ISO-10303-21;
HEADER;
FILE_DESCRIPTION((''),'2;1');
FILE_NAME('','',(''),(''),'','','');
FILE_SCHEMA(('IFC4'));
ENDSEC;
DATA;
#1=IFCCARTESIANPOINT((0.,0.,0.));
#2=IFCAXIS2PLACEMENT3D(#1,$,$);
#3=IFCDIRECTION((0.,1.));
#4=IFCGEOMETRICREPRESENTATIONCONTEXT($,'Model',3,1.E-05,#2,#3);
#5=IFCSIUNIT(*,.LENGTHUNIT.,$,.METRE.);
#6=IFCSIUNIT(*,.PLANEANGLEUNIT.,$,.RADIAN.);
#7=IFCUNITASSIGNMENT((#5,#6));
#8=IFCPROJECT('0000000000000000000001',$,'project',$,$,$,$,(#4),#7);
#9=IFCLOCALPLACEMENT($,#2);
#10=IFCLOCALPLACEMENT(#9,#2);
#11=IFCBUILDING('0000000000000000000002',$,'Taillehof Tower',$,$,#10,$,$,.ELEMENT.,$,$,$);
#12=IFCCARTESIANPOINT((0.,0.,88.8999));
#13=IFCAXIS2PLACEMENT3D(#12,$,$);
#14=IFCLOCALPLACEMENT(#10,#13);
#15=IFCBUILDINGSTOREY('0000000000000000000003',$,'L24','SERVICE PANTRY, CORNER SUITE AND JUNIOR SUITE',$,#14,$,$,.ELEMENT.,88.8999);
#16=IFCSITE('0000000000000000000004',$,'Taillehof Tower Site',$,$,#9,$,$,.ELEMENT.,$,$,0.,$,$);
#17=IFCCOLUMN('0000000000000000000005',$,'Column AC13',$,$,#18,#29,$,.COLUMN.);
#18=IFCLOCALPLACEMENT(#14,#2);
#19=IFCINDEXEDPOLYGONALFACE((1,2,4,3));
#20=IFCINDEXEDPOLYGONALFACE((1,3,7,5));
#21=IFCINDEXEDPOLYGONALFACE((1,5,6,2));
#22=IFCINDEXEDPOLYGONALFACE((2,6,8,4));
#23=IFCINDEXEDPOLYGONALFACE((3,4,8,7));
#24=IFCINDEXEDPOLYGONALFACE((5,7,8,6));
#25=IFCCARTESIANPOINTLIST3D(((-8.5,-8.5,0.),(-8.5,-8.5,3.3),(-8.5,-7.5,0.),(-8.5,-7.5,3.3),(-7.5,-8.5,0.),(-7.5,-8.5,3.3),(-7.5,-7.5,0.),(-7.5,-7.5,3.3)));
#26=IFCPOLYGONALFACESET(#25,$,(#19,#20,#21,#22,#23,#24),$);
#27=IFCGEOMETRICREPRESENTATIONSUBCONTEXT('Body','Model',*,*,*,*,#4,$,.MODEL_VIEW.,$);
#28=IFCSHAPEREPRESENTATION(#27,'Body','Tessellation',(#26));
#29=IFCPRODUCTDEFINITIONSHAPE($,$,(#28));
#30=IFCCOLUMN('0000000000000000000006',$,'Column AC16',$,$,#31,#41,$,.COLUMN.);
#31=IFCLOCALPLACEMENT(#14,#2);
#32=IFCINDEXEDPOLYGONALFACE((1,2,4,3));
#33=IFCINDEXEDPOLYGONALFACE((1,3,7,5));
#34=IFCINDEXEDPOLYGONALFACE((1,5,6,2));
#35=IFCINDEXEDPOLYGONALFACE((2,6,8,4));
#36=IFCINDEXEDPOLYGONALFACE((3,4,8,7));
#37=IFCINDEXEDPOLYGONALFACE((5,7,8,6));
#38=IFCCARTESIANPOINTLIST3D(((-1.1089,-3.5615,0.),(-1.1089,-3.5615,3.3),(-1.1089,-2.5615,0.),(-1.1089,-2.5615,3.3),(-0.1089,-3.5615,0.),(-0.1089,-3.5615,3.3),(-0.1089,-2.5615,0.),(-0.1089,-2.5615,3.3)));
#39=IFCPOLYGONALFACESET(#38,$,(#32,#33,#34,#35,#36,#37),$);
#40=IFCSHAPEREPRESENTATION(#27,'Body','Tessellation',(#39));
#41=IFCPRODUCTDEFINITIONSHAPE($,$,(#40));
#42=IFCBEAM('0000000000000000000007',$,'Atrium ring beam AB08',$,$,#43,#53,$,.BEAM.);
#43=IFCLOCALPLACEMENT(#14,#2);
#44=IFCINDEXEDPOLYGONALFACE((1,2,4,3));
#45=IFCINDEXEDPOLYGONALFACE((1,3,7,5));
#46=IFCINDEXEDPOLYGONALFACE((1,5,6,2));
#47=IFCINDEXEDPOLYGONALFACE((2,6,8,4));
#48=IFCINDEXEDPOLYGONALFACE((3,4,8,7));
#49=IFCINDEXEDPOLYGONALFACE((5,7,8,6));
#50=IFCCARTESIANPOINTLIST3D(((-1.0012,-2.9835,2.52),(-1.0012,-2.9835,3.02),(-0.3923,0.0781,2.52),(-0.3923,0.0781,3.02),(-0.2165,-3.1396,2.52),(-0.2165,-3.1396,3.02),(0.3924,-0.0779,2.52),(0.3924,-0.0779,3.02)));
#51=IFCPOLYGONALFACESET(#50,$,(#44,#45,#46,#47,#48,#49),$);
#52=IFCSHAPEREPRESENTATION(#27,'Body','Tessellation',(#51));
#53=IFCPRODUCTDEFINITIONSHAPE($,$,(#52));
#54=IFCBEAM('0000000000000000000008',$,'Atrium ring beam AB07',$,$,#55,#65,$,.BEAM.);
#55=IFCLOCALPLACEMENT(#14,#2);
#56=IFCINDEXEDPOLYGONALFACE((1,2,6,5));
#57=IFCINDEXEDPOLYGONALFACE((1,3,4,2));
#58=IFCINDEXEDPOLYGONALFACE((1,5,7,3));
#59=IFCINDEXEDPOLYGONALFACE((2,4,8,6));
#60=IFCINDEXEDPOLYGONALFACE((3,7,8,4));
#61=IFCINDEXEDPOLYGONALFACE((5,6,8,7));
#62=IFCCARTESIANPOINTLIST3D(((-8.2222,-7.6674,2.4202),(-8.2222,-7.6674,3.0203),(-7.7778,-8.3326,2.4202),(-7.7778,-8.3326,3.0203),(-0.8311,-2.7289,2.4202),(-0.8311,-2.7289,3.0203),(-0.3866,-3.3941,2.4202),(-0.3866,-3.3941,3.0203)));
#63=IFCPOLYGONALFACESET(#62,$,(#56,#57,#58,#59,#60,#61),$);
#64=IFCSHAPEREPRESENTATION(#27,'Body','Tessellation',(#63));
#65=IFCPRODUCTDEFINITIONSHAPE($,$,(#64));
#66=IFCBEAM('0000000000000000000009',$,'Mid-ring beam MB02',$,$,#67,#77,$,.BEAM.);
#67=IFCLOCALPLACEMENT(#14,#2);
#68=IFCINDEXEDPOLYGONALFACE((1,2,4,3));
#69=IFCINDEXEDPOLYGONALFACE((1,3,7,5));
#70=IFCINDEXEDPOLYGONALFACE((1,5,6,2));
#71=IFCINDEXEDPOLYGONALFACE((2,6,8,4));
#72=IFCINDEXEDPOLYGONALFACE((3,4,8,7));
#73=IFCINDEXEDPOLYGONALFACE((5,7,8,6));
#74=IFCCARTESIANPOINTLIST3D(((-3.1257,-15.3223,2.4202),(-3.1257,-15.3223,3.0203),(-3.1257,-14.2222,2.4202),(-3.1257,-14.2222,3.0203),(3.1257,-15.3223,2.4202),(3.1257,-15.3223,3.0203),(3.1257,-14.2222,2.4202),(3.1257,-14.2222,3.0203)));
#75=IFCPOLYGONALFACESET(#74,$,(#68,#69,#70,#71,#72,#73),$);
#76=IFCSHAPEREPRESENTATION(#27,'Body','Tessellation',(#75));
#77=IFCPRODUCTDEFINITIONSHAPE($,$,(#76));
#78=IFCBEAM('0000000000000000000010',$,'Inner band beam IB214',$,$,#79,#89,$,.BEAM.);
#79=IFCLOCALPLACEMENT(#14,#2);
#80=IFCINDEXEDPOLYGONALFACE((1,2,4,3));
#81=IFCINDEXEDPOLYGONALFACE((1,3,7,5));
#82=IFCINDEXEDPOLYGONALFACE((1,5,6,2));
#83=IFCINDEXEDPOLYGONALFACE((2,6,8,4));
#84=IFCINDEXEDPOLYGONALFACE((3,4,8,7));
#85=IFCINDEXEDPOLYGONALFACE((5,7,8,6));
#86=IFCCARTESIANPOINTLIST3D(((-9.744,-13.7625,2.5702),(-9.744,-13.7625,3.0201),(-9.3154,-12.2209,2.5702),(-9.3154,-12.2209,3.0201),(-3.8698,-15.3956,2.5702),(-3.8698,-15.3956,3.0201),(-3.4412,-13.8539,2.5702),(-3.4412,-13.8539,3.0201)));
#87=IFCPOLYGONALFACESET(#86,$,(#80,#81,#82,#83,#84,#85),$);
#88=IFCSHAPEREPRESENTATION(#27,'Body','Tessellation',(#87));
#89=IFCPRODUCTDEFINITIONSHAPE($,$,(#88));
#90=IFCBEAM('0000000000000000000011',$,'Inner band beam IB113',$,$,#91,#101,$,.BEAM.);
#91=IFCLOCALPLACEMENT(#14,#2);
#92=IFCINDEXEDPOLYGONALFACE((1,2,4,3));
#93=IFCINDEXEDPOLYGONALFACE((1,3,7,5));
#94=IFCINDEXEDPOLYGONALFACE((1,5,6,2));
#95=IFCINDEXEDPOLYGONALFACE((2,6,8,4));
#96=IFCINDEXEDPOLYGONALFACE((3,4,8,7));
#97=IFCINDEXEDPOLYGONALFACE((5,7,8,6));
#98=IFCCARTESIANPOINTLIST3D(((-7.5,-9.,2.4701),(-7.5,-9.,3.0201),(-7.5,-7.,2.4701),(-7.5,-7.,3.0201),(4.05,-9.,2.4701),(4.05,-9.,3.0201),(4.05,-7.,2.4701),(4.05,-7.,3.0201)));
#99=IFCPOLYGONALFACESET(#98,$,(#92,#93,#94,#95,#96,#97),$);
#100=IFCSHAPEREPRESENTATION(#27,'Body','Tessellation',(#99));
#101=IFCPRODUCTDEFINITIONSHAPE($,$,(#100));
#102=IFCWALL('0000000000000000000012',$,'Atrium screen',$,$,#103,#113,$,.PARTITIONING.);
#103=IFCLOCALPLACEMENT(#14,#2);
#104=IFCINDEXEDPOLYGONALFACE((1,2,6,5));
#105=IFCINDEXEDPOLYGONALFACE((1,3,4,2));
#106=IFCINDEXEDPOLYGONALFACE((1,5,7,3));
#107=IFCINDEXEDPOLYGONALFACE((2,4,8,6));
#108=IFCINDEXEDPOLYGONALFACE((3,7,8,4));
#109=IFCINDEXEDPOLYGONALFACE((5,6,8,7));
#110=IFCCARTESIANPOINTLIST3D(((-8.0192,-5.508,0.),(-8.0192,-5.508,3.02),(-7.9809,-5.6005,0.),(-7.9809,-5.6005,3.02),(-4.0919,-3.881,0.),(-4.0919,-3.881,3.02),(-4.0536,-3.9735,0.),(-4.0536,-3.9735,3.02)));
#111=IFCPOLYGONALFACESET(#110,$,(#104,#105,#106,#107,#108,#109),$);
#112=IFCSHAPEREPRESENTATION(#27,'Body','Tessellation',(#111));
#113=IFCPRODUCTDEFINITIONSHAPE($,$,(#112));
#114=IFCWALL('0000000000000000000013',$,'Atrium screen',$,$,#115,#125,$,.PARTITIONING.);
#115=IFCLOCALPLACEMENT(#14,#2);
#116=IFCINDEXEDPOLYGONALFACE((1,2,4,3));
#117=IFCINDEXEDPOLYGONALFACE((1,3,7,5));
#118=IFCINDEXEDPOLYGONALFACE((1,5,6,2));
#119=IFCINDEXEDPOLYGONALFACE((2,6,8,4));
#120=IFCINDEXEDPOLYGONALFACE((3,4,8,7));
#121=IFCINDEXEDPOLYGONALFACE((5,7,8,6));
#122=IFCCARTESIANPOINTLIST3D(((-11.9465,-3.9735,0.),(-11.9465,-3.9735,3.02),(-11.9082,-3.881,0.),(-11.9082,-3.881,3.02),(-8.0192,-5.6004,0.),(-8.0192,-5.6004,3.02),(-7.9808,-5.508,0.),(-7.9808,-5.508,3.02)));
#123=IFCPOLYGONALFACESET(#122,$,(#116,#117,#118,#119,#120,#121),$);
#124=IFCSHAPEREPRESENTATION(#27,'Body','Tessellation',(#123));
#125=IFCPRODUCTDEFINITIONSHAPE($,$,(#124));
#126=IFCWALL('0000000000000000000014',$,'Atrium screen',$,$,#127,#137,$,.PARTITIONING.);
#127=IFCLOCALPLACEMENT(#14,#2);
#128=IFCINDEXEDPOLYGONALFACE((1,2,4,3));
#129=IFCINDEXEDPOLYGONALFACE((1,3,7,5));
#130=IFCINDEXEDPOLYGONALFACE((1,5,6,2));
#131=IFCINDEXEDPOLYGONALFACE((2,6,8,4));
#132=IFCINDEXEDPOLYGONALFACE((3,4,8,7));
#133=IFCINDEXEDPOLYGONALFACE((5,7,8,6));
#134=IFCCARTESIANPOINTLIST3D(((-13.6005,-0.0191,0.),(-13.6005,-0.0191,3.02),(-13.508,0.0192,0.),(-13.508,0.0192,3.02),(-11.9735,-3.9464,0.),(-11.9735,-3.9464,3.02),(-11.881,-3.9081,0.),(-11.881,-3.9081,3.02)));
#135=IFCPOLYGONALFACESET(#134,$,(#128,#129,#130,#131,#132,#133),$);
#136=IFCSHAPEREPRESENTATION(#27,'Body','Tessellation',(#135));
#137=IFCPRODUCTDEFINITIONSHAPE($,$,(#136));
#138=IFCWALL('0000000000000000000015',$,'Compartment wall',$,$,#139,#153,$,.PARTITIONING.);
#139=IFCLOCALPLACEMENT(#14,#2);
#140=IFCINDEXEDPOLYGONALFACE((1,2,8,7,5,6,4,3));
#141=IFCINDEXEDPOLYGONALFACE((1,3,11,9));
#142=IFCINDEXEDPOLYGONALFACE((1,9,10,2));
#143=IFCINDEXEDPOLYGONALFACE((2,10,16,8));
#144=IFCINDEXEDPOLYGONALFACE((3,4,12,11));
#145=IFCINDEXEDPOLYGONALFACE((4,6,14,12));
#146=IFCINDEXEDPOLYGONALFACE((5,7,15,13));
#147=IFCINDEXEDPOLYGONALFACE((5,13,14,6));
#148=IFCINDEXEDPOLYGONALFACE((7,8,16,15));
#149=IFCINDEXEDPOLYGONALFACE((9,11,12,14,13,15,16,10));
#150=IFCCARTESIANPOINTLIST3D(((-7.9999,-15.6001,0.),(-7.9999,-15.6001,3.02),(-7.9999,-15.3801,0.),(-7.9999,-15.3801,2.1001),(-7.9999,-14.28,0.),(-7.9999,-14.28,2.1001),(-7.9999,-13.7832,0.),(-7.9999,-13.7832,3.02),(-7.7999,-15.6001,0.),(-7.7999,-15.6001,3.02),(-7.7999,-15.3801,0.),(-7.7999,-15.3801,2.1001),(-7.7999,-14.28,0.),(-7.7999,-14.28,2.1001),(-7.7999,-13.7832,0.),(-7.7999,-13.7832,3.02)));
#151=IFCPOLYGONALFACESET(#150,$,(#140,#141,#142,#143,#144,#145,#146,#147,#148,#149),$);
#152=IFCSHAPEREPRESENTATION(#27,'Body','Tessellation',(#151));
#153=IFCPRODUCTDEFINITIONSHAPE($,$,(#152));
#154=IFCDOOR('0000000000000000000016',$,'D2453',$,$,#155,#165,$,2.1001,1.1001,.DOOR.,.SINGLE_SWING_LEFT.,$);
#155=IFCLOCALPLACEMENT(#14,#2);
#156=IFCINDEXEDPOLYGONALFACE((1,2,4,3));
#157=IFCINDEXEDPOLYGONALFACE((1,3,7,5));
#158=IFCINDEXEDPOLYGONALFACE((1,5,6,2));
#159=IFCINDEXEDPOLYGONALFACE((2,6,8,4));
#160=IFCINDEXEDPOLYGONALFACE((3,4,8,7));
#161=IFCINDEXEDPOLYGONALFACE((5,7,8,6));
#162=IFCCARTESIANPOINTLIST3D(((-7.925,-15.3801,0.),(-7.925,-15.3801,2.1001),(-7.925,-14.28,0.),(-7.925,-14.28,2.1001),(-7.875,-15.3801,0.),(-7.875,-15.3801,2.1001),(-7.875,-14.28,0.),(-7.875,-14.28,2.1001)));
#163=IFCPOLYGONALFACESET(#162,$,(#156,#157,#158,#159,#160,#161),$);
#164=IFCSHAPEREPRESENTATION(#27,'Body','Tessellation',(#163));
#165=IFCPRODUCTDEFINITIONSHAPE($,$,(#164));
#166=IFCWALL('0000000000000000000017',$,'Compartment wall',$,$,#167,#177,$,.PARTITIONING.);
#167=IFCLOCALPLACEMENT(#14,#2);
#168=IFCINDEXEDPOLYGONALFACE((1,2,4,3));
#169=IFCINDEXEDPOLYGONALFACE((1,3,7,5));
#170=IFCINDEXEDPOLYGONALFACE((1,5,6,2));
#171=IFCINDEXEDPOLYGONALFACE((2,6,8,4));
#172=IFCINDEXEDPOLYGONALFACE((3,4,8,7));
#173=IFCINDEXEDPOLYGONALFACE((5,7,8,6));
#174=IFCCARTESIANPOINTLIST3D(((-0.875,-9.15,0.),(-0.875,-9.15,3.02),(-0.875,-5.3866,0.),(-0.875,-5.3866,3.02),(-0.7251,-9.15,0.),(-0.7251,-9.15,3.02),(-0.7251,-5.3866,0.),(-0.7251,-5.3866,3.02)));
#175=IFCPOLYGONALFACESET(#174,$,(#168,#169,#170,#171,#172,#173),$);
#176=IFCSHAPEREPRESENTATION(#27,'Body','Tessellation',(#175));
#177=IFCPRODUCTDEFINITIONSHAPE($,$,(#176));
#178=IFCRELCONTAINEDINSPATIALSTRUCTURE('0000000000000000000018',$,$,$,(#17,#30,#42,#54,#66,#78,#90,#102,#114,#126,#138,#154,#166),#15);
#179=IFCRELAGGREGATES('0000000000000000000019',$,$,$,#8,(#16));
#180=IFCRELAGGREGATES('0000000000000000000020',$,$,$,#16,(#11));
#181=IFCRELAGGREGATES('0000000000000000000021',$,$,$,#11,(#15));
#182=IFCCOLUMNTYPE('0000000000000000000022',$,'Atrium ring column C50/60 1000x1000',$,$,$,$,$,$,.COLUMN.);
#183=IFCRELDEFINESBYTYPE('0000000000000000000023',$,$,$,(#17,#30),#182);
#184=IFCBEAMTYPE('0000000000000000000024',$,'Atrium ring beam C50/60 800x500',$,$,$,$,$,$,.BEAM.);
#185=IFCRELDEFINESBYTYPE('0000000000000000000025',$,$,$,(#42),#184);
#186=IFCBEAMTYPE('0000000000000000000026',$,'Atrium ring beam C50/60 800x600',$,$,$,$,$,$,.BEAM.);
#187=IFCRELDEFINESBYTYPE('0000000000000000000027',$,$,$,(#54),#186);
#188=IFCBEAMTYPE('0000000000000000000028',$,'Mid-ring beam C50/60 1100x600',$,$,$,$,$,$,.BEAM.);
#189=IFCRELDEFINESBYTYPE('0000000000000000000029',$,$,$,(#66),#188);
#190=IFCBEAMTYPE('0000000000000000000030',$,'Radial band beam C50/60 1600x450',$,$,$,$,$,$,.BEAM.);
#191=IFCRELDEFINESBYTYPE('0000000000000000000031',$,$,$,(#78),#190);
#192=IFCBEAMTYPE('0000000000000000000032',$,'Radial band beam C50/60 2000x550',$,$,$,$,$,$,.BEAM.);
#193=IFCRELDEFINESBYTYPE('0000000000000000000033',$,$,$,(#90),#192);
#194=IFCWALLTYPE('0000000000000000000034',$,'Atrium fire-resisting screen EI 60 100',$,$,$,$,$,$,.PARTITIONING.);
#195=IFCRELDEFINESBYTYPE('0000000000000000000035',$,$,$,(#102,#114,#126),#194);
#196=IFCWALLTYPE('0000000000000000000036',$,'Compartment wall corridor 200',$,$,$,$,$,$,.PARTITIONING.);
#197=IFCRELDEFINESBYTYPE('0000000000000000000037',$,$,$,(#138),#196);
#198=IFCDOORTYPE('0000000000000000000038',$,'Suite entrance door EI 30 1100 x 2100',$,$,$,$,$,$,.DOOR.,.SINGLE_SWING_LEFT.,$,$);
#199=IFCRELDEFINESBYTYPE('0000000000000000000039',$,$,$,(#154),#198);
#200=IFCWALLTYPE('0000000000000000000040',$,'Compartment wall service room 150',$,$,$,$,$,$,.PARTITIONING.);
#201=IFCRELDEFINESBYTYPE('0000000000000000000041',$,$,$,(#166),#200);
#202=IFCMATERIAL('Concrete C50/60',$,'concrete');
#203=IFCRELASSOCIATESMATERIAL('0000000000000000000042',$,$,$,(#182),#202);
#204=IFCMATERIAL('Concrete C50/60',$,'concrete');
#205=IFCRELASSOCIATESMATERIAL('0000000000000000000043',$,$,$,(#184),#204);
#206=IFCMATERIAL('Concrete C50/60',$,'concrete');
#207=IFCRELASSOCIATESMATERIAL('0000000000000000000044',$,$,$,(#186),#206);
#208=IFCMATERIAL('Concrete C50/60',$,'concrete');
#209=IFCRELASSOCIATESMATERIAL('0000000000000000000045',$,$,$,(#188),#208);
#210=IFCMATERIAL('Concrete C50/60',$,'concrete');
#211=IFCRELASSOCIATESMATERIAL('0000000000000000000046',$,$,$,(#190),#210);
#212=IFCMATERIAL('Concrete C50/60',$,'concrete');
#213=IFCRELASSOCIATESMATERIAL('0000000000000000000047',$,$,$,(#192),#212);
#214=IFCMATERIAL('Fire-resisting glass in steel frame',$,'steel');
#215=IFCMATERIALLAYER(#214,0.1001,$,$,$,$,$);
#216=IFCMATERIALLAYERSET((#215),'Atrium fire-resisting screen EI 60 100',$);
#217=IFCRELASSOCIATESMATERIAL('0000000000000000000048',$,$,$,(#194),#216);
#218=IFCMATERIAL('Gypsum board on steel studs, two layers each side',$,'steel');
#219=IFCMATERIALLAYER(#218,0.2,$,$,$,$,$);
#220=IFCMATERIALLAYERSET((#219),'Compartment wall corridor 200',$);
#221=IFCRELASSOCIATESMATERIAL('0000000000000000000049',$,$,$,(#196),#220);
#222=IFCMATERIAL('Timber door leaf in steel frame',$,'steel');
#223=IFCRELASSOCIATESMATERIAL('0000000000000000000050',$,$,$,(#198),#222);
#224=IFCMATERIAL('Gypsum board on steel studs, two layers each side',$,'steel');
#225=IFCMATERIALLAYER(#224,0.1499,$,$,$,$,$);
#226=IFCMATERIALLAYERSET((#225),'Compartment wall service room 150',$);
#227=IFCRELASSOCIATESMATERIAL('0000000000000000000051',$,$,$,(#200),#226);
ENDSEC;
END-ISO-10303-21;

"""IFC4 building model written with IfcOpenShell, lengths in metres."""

from ifc_helpers import new_model, si_unit, direction, frame, frame_2d, origin, origin_2d, place, context, subcontext, project, spatial, rectangle, extrude, material, layer, layer_set, material_profile, profile_set, type_object, element, fill, save


model = new_model("IFC4")

# Units and contexts
model_context = context("Model", 3, precision=1e-05, world=origin(), true_north=direction((0.0, 1.0)))
body_context = subcontext(model_context, "Body", "Model", "MODEL_VIEW")
ifc_project = project(units=[si_unit("LENGTHUNIT", "METRE"), si_unit("PLANEANGLEUNIT", "RADIAN")], contexts=[model_context])

# Site, building, storey
site_placement = place(None, origin())
site = spatial("IfcSite", under=ifc_project, at=site_placement, Name="Taillehof Tower Site", CompositionType="ELEMENT", RefElevation=0.0)
building_placement = place(site_placement, origin())
building = spatial("IfcBuilding", under=site, at=building_placement, Name="Taillehof Tower", CompositionType="ELEMENT")
storey_placement = place(building_placement, frame((0.0, 0.0, 88.8999)))
storey = spatial("IfcBuildingStorey", under=building, at=storey_placement, Name="L24", Description="SERVICE PANTRY, CORNER SUITE AND JUNIOR SUITE", CompositionType="ELEMENT", Elevation=88.8999)

# Columns
ifc_material_1 = material(Name="Concrete C50/60", Category="concrete")
ifc_material_profile_1 = material_profile(ifc_material_1, rectangle(XDim=1.0, YDim=1.0, at=origin_2d()), Name="RC 1000x1000")
ifc_profile_set_1 = profile_set([ifc_material_profile_1], Name="Concrete C50/60")
column_type = type_object("IfcColumnType", Name="Atrium ring column C50/60 1000x1000", PredefinedType="COLUMN", material=ifc_profile_set_1)
for number, where, z_axis, x_axis, name in (
    (1, (-8.0, -8.0, 0.0), (0.0, 0.0, 1.0), (1.0, 0.0, 0.0), "Column AC13"),
    (2, (-0.6089, -3.0615, 0.0), (0.0, 0.0, 1.0), (1.0, 0.0, 0.0), "Column AC16"),
):
    element("IfcColumn", number, at=place(storey_placement, frame(where, z_axis=z_axis, x_axis=x_axis)), inside=storey, type_object=column_type, Name=name, PredefinedType="COLUMN", context=body_context, shape_type="SweptSolid", body=[
        extrude(rectangle(XDim=1.0, YDim=1.0, at=origin_2d()), origin(), (0.0, 0.0, 1.0), 3.3),
    ])

# Beams
ifc_material_2 = material(Name="Concrete C50/60", Category="concrete")
ifc_material_profile_2 = material_profile(ifc_material_2, rectangle(XDim=0.8, YDim=0.5, at=origin_2d()), Name="RC 800x500")
ifc_profile_set_2 = profile_set([ifc_material_profile_2], Name="Concrete C50/60")
beam_type_1 = type_object("IfcBeamType", Name="Atrium ring beam C50/60 800x500", PredefinedType="BEAM", material=ifc_profile_set_2)
beam_1_placement = place(storey_placement, frame((-0.6089, -3.0615, 2.77), z_axis=(0.195063, 0.980791, 0.0), x_axis=(-0.980791, 0.195063, 0.0)))
element("IfcBeam", 3, at=beam_1_placement, inside=storey, type_object=beam_type_1, Name="Atrium ring beam AB08", PredefinedType="BEAM", context=body_context, shape_type="SweptSolid", body=[
    extrude(rectangle(XDim=0.8, YDim=0.5, at=origin_2d()), origin(), (0.0, 0.0, 1.0), 3.1216),
])
ifc_material_3 = material(Name="Concrete C50/60", Category="concrete")
ifc_material_profile_3 = material_profile(ifc_material_3, rectangle(XDim=0.8, YDim=0.6001, at=origin_2d()), Name="RC 800x600")
ifc_profile_set_3 = profile_set([ifc_material_profile_3], Name="Concrete C50/60")
beam_type_2 = type_object("IfcBeamType", Name="Atrium ring beam C50/60 800x600", PredefinedType="BEAM", material=ifc_profile_set_3)
beam_2_placement = place(storey_placement, frame((-8.0, -8.0, 2.7202), z_axis=(0.831475, 0.555562, 0.0), x_axis=(-0.555562, 0.831475, 0.0)))
element("IfcBeam", 4, at=beam_2_placement, inside=storey, type_object=beam_type_2, Name="Atrium ring beam AB07", PredefinedType="BEAM", context=body_context, shape_type="SweptSolid", body=[
    extrude(rectangle(XDim=0.8, YDim=0.6001, at=origin_2d()), origin(), (0.0, 0.0, 1.0), 8.8892),
])
ifc_material_4 = material(Name="Concrete C50/60", Category="concrete")
ifc_material_profile_4 = material_profile(ifc_material_4, rectangle(XDim=1.1001, YDim=0.6001, at=origin_2d()), Name="RC 1100x600")
ifc_profile_set_4 = profile_set([ifc_material_profile_4], Name="Concrete C50/60")
beam_type_3 = type_object("IfcBeamType", Name="Mid-ring beam C50/60 1100x600", PredefinedType="BEAM", material=ifc_profile_set_4)
beam_3_placement = place(storey_placement, frame((-3.1257, -14.7722, 2.7202), z_axis=(1.0, 0.0, 0.0), x_axis=(0.0, 1.0, 0.0)))
element("IfcBeam", 5, at=beam_3_placement, inside=storey, type_object=beam_type_3, Name="Mid-ring beam MB02", PredefinedType="BEAM", context=body_context, shape_type="SweptSolid", body=[
    extrude(rectangle(XDim=1.1001, YDim=0.6001, at=origin_2d()), origin(), (0.0, 0.0, 1.0), 6.2515),
])
ifc_material_5 = material(Name="Concrete C50/60", Category="concrete")
ifc_material_profile_5 = material_profile(ifc_material_5, rectangle(XDim=1.6001, YDim=0.45, at=origin_2d()), Name="RC 1600x450")
ifc_profile_set_5 = profile_set([ifc_material_profile_5], Name="Concrete C50/60")
beam_type_4 = type_object("IfcBeamType", Name="Radial band beam C50/60 1600x450", PredefinedType="BEAM", material=ifc_profile_set_5)
beam_4_placement = place(storey_placement, frame((-3.6555, -14.6248, 2.7952), z_axis=(-0.963459, 0.267855, 0.0), x_axis=(-0.267855, -0.963459, 0.0)))
element("IfcBeam", 6, at=beam_4_placement, inside=storey, type_object=beam_type_4, Name="Inner band beam IB214", PredefinedType="BEAM", context=body_context, shape_type="SweptSolid", body=[
    extrude(rectangle(XDim=1.6001, YDim=0.45, at=origin_2d()), origin(), (0.0, 0.0, 1.0), 6.0969),
])
ifc_material_6 = material(Name="Concrete C50/60", Category="concrete")
ifc_material_profile_6 = material_profile(ifc_material_6, rectangle(XDim=2.0, YDim=0.55, at=origin_2d()), Name="RC 2000x550")
ifc_profile_set_6 = profile_set([ifc_material_profile_6], Name="Concrete C50/60")
beam_type_5 = type_object("IfcBeamType", Name="Radial band beam C50/60 2000x550", PredefinedType="BEAM", material=ifc_profile_set_6)
beam_5_placement = place(storey_placement, frame((-7.5, -8.0, 2.7451), z_axis=(1.0, 0.0, 0.0), x_axis=(0.0, 1.0, 0.0)))
element("IfcBeam", 7, at=beam_5_placement, inside=storey, type_object=beam_type_5, Name="Inner band beam IB113", PredefinedType="BEAM", context=body_context, shape_type="SweptSolid", body=[
    extrude(rectangle(XDim=2.0, YDim=0.55, at=origin_2d()), origin(), (0.0, 0.0, 1.0), 11.55),
])

# Walls
ifc_material_7 = material(Name="Fire-resisting glass in steel frame", Category="steel")
ifc_layer_1 = layer(ifc_material_7, 0.1001)
ifc_layer_set_1 = layer_set([ifc_layer_1], Name="Atrium fire-resisting screen EI 60 100")
wall_type_1 = type_object("IfcWallType", Name="Atrium fire-resisting screen EI 60 100", PredefinedType="PARTITIONING", material=ifc_layer_set_1)
for number, where, z_axis, x_axis, name in (
    (8, (-4.0728, -3.9272, 0.0), (0.0, 0.0, 1.0), (-0.92386, -0.382731, 0.0), "Atrium screen"),
    (9, (-8.0, -5.5542, 0.0), (0.0, 0.0, 1.0), (-0.92386, 0.382731, 0.0), "Atrium screen"),
    (10, (-11.9272, -3.9272, 0.0), (0.0, 0.0, 1.0), (-0.382731, 0.92386, 0.0), "Atrium screen"),
):
    element("IfcWall", number, at=place(storey_placement, frame(where, z_axis=z_axis, x_axis=x_axis)), inside=storey, type_object=wall_type_1, Name=name, PredefinedType="PARTITIONING", context=body_context, shape_type="SweptSolid", body=[
        extrude(rectangle(XDim=4.251, YDim=0.1001, at=frame_2d((2.1255, 0.0))), origin(), (0.0, 0.0, 1.0), 3.02),
    ])

# Wall, opening, door
ifc_material_8 = material(Name="Gypsum board on steel studs, two layers each side", Category="steel")
ifc_layer_2 = layer(ifc_material_8, 0.2)
ifc_layer_set_2 = layer_set([ifc_layer_2], Name="Compartment wall corridor 200")
wall_type_2 = type_object("IfcWallType", Name="Compartment wall corridor 200", PredefinedType="PARTITIONING", material=ifc_layer_set_2)
wall_1_placement = place(storey_placement, frame((-7.8999, -13.7832, 0.0), z_axis=(0.0, 0.0, 1.0), x_axis=(0.0, -1.0, 0.0)))
wall_1 = element("IfcWall", 11, at=wall_1_placement, inside=storey, type_object=wall_type_2, Name="Compartment wall", PredefinedType="PARTITIONING", context=body_context, shape_type="SweptSolid", body=[
    extrude(rectangle(XDim=1.8169, YDim=0.2, at=frame_2d((0.9084, 0.0))), origin(), (0.0, 0.0, 1.0), 3.02),
])
opening_1_placement = place(wall_1_placement, frame((0.4968, 0.0, 0.0)))
opening_1 = element("IfcOpeningElement", 12, at=opening_1_placement, cuts=wall_1, PredefinedType="OPENING", context=body_context, shape_type="SweptSolid", body=[
    extrude(rectangle(XDim=1.1001, YDim=2.1001, at=frame_2d((0.55, 1.05))), frame((0.0, 0.1099, 0.0), z_axis=(0.0, -1.0, 0.0), x_axis=(1.0, 0.0, 0.0)), (0.0, 0.0, 1.0), 0.22),
])
ifc_material_9 = material(Name="Timber door leaf in steel frame", Category="steel")
door_type_1 = type_object("IfcDoorType", Name="Suite entrance door EI 30 1100 x 2100", OperationType="SINGLE_SWING_LEFT", PredefinedType="DOOR", material=ifc_material_9)
door_1_placement = place(opening_1_placement, origin())
door_1 = element("IfcDoor", 13, at=door_1_placement, inside=storey, type_object=door_type_1, Name="D2453", OperationType="SINGLE_SWING_LEFT", OverallHeight=2.1001, OverallWidth=1.1001, PredefinedType="DOOR", context=body_context, shape_type="SweptSolid", body=[
    extrude(rectangle(XDim=1.1001, YDim=2.1001, at=frame_2d((0.55, 1.05))), frame((0.0, 0.0249, 0.0), z_axis=(0.0, -1.0, 0.0), x_axis=(1.0, 0.0, 0.0)), (0.0, 0.0, 1.0), 0.05),
])
fill(opening_1, door_1)

# Wall
ifc_material_10 = material(Name="Gypsum board on steel studs, two layers each side", Category="steel")
ifc_layer_3 = layer(ifc_material_10, 0.1499)
ifc_layer_set_3 = layer_set([ifc_layer_3], Name="Compartment wall service room 150")
wall_type_3 = type_object("IfcWallType", Name="Compartment wall service room 150", PredefinedType="PARTITIONING", material=ifc_layer_set_3)
wall_2_placement = place(storey_placement, frame((-0.8, -5.3865, 0.0), z_axis=(0.0, 0.0, 1.0), x_axis=(0.0, -1.0, 0.0)))
element("IfcWall", 14, at=wall_2_placement, inside=storey, type_object=wall_type_3, Name="Compartment wall", PredefinedType="PARTITIONING", context=body_context, shape_type="SweptSolid", body=[
    extrude(rectangle(XDim=3.7634, YDim=0.1499, at=frame_2d((1.8818, 0.0))), origin(), (0.0, 0.0, 1.0), 3.02),
])

save(model, "model.ifc")
